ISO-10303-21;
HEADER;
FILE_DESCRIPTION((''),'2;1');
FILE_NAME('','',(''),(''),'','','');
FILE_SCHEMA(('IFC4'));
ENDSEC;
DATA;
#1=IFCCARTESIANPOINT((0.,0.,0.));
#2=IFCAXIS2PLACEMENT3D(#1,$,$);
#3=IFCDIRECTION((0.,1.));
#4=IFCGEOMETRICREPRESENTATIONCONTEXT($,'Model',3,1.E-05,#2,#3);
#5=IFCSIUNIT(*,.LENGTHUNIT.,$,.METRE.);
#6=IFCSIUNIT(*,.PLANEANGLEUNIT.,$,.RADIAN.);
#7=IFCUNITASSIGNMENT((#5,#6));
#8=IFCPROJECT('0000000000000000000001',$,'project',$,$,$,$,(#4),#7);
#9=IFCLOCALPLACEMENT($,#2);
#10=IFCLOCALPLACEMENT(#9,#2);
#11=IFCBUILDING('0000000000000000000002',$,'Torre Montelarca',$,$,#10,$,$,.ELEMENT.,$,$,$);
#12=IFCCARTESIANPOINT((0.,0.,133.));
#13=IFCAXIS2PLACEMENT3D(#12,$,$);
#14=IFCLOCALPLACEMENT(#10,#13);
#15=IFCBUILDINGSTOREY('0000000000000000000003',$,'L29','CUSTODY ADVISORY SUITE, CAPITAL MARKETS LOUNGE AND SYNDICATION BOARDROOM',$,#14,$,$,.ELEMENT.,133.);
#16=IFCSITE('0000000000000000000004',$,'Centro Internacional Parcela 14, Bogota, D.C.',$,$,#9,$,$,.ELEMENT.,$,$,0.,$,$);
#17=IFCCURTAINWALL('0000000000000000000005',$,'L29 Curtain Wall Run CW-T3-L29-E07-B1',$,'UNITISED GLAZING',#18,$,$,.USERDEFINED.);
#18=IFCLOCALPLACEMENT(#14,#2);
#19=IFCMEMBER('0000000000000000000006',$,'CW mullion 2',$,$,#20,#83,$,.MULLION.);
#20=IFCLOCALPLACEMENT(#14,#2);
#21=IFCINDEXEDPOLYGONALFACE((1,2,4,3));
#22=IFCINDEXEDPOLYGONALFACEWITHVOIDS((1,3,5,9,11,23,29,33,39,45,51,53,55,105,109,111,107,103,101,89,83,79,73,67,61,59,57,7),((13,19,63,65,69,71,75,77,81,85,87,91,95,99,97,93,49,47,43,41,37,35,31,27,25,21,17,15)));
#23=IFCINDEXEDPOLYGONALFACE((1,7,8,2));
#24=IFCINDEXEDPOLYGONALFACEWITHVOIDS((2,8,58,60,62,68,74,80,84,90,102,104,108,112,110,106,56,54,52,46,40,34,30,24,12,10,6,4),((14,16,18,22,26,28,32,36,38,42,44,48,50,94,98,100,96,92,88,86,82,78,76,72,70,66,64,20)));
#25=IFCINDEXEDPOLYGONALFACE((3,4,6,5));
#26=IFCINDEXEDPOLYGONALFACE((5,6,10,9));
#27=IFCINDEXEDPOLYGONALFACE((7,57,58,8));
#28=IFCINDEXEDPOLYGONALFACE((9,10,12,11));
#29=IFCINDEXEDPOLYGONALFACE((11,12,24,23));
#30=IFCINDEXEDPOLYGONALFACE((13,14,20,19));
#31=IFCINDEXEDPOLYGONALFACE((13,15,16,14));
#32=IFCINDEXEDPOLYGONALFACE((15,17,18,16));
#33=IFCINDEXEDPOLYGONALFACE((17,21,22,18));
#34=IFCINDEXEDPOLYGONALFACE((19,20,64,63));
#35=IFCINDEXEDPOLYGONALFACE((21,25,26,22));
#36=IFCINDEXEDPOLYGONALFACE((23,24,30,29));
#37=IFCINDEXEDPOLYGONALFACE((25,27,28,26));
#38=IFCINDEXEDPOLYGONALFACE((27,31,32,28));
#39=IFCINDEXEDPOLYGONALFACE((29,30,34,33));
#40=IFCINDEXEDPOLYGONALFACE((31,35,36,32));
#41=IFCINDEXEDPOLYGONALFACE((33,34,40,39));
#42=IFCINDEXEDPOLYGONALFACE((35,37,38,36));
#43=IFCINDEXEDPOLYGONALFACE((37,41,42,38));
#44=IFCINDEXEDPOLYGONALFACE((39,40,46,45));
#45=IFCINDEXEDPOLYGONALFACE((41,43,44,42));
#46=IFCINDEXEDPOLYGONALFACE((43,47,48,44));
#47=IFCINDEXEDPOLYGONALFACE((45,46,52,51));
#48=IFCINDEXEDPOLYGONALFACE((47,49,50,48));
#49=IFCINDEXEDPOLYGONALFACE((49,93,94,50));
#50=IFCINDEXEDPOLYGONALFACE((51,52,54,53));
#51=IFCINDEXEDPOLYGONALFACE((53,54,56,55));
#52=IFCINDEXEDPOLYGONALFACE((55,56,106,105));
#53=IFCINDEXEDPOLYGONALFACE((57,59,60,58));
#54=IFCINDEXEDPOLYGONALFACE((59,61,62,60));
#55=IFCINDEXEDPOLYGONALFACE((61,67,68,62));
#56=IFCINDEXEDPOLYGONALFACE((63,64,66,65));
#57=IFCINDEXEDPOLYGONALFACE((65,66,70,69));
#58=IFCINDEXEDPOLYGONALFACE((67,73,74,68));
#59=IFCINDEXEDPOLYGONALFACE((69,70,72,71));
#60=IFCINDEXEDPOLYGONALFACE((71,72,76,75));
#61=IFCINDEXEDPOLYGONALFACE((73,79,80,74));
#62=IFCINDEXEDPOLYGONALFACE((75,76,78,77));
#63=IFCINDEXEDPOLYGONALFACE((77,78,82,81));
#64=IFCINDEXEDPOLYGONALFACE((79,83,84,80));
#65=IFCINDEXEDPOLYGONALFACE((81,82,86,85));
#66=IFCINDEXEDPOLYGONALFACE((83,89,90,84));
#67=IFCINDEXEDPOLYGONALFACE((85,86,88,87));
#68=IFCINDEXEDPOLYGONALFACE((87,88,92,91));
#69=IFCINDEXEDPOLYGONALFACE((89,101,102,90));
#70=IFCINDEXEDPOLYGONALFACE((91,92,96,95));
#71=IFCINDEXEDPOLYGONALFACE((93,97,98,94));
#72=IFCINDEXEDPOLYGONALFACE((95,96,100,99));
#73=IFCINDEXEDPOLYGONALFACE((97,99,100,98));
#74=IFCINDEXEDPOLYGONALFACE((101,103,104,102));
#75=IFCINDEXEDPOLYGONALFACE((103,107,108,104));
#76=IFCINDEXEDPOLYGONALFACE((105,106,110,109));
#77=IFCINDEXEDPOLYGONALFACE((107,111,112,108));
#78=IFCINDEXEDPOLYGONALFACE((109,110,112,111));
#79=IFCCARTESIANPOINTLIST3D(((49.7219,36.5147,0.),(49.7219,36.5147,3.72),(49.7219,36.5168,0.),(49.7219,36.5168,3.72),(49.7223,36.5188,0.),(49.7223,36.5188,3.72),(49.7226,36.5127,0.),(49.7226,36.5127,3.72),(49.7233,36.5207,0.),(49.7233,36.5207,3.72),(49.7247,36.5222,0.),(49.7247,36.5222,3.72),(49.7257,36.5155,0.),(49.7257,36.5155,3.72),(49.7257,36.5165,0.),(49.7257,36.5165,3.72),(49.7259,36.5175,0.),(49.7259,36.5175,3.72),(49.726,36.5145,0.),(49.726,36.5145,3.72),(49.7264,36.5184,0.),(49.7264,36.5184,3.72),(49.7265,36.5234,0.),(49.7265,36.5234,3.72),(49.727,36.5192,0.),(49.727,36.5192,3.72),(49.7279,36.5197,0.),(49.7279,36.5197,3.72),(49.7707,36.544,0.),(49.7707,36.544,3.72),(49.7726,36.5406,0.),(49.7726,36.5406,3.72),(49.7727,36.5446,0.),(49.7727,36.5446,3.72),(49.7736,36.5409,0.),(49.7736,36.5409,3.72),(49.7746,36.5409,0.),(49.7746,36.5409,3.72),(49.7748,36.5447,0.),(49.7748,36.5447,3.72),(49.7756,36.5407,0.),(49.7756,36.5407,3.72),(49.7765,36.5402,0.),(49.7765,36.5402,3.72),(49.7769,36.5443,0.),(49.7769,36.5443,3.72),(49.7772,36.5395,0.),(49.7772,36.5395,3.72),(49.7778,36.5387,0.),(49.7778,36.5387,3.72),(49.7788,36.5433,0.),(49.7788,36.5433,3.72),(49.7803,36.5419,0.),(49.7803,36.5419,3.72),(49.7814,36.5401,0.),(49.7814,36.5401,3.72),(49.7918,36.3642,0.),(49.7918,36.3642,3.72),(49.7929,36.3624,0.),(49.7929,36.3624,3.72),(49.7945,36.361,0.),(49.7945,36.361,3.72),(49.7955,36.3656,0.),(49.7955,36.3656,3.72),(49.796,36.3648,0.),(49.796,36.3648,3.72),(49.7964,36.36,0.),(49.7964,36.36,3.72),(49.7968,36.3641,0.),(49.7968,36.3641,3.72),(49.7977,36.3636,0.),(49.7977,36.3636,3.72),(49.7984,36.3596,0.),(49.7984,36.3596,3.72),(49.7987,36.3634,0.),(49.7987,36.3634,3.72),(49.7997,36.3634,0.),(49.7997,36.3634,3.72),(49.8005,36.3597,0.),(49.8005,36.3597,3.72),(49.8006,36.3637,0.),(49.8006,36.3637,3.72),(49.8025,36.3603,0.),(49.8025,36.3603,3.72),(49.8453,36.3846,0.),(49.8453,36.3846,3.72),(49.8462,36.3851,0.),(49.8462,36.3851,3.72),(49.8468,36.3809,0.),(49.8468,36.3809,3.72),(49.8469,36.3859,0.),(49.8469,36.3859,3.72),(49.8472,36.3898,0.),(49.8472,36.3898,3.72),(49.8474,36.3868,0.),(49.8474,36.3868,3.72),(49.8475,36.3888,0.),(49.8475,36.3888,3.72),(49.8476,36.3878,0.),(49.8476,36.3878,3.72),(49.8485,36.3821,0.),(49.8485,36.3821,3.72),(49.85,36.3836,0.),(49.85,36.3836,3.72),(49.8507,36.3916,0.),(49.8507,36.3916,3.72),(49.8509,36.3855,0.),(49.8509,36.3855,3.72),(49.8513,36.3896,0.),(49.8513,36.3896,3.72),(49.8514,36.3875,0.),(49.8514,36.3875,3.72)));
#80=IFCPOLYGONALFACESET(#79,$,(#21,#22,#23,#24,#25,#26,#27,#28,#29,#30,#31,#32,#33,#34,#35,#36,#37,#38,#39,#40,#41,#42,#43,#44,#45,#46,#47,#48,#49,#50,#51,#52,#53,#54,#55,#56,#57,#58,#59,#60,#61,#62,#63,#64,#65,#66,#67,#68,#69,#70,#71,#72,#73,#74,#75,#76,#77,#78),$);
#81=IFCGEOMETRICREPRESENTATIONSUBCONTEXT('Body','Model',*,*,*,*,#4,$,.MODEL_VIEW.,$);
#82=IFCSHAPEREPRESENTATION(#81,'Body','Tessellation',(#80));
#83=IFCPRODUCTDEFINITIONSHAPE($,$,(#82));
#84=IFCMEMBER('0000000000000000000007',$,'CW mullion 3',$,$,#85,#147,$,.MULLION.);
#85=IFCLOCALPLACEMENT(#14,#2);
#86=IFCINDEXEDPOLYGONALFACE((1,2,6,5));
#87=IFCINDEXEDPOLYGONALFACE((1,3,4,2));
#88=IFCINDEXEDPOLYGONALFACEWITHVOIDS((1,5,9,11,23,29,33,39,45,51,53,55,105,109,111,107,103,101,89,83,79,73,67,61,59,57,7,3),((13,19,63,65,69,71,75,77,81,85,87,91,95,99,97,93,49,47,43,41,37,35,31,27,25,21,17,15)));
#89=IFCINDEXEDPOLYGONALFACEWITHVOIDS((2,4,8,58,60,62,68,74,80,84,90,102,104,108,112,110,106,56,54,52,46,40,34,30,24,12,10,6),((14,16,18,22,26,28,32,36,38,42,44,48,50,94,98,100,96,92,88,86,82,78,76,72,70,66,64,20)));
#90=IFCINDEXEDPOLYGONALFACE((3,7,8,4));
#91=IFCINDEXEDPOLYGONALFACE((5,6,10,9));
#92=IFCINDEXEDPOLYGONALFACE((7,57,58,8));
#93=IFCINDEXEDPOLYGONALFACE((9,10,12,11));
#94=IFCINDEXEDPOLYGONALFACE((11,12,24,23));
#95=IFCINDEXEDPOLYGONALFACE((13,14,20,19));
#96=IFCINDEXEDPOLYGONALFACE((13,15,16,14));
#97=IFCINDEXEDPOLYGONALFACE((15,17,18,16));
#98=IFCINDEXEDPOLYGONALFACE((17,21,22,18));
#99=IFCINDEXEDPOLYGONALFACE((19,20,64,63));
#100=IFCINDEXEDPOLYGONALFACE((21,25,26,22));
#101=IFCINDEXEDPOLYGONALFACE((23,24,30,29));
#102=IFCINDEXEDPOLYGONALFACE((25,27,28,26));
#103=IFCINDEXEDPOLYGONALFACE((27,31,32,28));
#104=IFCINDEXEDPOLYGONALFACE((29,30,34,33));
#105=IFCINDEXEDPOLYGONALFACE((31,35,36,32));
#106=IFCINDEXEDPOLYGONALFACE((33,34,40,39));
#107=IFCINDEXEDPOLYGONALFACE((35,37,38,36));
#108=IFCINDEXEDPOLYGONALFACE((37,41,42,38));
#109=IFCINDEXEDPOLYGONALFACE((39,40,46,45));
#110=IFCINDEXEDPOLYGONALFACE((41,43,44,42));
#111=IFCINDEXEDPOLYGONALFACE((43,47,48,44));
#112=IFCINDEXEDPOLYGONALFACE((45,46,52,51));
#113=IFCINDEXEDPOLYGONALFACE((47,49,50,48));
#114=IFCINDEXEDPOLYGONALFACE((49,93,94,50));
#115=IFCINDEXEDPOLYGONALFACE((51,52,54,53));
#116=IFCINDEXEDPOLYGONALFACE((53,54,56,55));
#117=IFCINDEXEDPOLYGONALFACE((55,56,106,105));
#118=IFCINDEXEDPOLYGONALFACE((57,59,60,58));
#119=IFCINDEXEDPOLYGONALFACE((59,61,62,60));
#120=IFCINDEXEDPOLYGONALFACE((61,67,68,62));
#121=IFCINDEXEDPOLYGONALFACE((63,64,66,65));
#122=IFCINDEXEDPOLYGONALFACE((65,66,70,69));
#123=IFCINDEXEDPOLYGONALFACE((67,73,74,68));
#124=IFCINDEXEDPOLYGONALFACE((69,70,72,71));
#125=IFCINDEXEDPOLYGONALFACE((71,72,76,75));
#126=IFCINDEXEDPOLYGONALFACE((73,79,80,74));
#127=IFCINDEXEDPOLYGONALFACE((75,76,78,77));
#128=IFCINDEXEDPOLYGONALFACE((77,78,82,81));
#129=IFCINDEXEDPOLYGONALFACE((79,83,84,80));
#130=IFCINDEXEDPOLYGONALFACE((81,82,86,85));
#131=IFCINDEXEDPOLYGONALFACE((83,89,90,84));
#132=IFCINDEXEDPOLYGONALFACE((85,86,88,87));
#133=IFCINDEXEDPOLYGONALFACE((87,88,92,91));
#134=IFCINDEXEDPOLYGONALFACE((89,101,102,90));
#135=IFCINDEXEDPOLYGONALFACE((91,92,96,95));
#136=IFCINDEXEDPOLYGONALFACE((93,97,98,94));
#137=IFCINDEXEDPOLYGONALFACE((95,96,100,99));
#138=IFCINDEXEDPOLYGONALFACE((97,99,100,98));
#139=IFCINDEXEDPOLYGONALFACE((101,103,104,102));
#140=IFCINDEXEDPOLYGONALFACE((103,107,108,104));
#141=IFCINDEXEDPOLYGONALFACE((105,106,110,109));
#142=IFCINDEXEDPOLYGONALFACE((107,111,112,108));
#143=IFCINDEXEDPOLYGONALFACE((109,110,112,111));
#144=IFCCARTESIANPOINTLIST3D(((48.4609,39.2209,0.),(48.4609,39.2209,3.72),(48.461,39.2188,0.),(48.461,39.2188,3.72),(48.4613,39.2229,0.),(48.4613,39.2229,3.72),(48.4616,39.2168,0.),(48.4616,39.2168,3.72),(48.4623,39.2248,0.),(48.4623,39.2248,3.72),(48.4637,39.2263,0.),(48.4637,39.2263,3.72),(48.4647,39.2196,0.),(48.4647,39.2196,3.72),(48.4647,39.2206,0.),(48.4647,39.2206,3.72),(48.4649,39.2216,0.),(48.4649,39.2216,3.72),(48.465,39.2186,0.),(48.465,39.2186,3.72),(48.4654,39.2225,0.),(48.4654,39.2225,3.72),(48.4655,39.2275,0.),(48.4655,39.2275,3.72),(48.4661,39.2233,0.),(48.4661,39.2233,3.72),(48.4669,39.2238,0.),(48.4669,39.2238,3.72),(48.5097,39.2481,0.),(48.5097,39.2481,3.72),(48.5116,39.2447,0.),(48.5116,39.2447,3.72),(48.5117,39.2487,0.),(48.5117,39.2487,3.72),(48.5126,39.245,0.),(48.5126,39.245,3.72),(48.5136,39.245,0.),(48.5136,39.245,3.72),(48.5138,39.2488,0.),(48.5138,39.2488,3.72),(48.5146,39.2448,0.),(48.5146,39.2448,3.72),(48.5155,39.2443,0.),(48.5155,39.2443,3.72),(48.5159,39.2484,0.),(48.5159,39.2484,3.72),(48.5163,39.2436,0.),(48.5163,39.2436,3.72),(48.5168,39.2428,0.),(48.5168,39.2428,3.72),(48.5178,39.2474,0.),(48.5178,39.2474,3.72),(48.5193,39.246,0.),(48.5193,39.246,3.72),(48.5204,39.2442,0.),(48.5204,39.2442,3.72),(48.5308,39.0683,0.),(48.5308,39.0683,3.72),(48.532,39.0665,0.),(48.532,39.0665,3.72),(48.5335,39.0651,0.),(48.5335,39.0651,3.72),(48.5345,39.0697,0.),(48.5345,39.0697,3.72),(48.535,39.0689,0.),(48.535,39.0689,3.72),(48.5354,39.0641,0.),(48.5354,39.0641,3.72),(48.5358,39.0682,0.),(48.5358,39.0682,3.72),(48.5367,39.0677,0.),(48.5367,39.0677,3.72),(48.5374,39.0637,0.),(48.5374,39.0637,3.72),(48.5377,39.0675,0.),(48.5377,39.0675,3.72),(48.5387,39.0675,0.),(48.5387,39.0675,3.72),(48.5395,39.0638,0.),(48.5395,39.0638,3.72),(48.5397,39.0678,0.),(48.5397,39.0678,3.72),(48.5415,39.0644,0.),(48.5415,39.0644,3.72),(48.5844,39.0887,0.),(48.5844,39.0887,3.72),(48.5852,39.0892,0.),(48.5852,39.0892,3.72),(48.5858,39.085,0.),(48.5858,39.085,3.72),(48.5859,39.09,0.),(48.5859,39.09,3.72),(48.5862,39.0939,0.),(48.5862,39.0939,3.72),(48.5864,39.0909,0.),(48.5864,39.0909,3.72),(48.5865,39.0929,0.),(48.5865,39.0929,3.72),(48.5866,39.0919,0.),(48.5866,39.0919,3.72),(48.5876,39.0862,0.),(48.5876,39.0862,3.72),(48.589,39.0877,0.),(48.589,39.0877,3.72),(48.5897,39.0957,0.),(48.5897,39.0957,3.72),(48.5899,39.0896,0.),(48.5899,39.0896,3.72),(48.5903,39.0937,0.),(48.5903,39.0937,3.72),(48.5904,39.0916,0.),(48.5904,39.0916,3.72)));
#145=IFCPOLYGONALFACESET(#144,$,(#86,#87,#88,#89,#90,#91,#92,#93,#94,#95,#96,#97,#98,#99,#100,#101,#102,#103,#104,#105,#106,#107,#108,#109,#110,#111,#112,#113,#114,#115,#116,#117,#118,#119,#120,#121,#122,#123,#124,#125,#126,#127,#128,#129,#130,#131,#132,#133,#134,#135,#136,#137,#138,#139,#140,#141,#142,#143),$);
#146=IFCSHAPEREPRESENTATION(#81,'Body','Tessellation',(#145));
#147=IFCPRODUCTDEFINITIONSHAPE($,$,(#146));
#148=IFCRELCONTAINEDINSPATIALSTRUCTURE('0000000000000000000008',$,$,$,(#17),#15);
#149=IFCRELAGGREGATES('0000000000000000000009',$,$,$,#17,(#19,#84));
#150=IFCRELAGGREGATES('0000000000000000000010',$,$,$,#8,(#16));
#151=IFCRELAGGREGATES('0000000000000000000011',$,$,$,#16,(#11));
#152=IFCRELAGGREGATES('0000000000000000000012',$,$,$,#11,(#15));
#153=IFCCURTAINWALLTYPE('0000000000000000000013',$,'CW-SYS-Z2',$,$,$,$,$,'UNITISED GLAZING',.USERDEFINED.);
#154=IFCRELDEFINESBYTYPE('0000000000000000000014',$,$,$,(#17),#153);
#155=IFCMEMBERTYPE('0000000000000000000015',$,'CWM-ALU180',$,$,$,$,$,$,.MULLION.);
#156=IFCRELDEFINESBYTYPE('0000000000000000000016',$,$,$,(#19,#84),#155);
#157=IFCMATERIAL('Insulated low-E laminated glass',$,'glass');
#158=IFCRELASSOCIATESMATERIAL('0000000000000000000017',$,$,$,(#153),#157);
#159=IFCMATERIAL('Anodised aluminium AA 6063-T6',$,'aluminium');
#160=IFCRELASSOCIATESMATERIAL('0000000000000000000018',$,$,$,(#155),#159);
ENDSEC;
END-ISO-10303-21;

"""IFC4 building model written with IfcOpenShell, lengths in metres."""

from ifc_helpers import new_model, si_unit, direction, frame, origin, origin_2d, place, context, subcontext, project, spatial, hollow_rectangle, extrude, source, transform, mapped, material, material_profile, profile_set, type_object, element, aggregate, save


model = new_model("IFC4")

# Units and contexts
model_context = context("Model", 3, precision=1e-05, world=origin(), true_north=direction((0.0, 1.0)))
body_context = subcontext(model_context, "Body", "Model", "MODEL_VIEW")
ifc_project = project(units=[si_unit("LENGTHUNIT", "METRE"), si_unit("PLANEANGLEUNIT", "RADIAN")], contexts=[model_context])

# Site, building, storey
site_placement = place(None, origin())
site = spatial("IfcSite", under=ifc_project, at=site_placement, Name="Centro Internacional Parcela 14, Bogota, D.C.", CompositionType="ELEMENT", RefElevation=0.0)
building_placement = place(site_placement, origin())
building = spatial("IfcBuilding", under=site, at=building_placement, Name="Torre Montelarca", CompositionType="ELEMENT")
storey_placement = place(building_placement, frame((0.0, 0.0, 133.0)))
storey = spatial("IfcBuildingStorey", under=building, at=storey_placement, Name="L29", Description="CUSTODY ADVISORY SUITE, CAPITAL MARKETS LOUNGE AND SYNDICATION BOARDROOM", CompositionType="ELEMENT", Elevation=133.0)

# Curtain wall
ifc_material_1 = material(Name="Insulated low-E laminated glass", Category="glass")
curtain_wall_type = type_object("IfcCurtainWallType", Name="CW-SYS-Z2", ElementType="UNITISED GLAZING", PredefinedType="USERDEFINED", material=ifc_material_1)
curtain_wall_1_placement = place(storey_placement, origin())
curtain_wall_1 = element("IfcCurtainWall", 1, at=curtain_wall_1_placement, inside=storey, type_object=curtain_wall_type, Name="L29 Curtain Wall Run CW-T3-L29-E07-B1", ObjectType="UNITISED GLAZING", PredefinedType="USERDEFINED")
ifc_material_2 = material(Name="Anodised aluminium AA 6063-T6", Category="aluminium")

# Shared definitions
ifc_material_profile_1 = material_profile(ifc_material_2, hollow_rectangle(XDim=0.0649, YDim=0.1799, WallThickness=0.0039, InnerFilletRadius=0.0039, OuterFilletRadius=0.0081, at=origin_2d()), Name="ALU65X180X4", Category="aluminium")
ifc_profile_set_1 = profile_set([ifc_material_profile_1], Name="Anodised aluminium AA 6063-T6")
member_type_1 = type_object("IfcMemberType", Name="CWM-ALU180", PredefinedType="MULLION", material=ifc_profile_set_1)
shared_shape_1 = source(origin(), body_context, "Body", "SweptSolid", [
    extrude(hollow_rectangle(XDim=0.0649, YDim=0.1799, WallThickness=0.0039, InnerFilletRadius=0.0039, OuterFilletRadius=0.0081, at=origin_2d()), origin(), (0.0, 0.0, 1.0), 3.72),
])

# Members
member_1_placement = place(storey_placement, frame((49.7866, 36.4521, 0.0), z_axis=(0.0, 0.0, 1.0), x_axis=(-0.906317, -0.422598, 0.0)))
member_1 = element("IfcMember", 2, at=member_1_placement, type_object=member_type_1, Name="CW mullion 2", PredefinedType="MULLION", context=body_context, shape_type="MappedRepresentation", body=[
    mapped(shared_shape_1, transform((0.0, 0.0, 0.0), scale=1.0)),
])
member_2_placement = place(storey_placement, frame((48.5256, 39.1562, 0.0), z_axis=(0.0, 0.0, 1.0), x_axis=(-0.906317, -0.422598, 0.0)))
member_2 = element("IfcMember", 3, at=member_2_placement, type_object=member_type_1, Name="CW mullion 3", PredefinedType="MULLION", context=body_context, shape_type="MappedRepresentation", body=[
    mapped(shared_shape_1, transform((0.0, 0.0, 0.0), scale=1.0)),
])

aggregate(curtain_wall_1, [member_1, member_2])

save(model, "model.ifc")
